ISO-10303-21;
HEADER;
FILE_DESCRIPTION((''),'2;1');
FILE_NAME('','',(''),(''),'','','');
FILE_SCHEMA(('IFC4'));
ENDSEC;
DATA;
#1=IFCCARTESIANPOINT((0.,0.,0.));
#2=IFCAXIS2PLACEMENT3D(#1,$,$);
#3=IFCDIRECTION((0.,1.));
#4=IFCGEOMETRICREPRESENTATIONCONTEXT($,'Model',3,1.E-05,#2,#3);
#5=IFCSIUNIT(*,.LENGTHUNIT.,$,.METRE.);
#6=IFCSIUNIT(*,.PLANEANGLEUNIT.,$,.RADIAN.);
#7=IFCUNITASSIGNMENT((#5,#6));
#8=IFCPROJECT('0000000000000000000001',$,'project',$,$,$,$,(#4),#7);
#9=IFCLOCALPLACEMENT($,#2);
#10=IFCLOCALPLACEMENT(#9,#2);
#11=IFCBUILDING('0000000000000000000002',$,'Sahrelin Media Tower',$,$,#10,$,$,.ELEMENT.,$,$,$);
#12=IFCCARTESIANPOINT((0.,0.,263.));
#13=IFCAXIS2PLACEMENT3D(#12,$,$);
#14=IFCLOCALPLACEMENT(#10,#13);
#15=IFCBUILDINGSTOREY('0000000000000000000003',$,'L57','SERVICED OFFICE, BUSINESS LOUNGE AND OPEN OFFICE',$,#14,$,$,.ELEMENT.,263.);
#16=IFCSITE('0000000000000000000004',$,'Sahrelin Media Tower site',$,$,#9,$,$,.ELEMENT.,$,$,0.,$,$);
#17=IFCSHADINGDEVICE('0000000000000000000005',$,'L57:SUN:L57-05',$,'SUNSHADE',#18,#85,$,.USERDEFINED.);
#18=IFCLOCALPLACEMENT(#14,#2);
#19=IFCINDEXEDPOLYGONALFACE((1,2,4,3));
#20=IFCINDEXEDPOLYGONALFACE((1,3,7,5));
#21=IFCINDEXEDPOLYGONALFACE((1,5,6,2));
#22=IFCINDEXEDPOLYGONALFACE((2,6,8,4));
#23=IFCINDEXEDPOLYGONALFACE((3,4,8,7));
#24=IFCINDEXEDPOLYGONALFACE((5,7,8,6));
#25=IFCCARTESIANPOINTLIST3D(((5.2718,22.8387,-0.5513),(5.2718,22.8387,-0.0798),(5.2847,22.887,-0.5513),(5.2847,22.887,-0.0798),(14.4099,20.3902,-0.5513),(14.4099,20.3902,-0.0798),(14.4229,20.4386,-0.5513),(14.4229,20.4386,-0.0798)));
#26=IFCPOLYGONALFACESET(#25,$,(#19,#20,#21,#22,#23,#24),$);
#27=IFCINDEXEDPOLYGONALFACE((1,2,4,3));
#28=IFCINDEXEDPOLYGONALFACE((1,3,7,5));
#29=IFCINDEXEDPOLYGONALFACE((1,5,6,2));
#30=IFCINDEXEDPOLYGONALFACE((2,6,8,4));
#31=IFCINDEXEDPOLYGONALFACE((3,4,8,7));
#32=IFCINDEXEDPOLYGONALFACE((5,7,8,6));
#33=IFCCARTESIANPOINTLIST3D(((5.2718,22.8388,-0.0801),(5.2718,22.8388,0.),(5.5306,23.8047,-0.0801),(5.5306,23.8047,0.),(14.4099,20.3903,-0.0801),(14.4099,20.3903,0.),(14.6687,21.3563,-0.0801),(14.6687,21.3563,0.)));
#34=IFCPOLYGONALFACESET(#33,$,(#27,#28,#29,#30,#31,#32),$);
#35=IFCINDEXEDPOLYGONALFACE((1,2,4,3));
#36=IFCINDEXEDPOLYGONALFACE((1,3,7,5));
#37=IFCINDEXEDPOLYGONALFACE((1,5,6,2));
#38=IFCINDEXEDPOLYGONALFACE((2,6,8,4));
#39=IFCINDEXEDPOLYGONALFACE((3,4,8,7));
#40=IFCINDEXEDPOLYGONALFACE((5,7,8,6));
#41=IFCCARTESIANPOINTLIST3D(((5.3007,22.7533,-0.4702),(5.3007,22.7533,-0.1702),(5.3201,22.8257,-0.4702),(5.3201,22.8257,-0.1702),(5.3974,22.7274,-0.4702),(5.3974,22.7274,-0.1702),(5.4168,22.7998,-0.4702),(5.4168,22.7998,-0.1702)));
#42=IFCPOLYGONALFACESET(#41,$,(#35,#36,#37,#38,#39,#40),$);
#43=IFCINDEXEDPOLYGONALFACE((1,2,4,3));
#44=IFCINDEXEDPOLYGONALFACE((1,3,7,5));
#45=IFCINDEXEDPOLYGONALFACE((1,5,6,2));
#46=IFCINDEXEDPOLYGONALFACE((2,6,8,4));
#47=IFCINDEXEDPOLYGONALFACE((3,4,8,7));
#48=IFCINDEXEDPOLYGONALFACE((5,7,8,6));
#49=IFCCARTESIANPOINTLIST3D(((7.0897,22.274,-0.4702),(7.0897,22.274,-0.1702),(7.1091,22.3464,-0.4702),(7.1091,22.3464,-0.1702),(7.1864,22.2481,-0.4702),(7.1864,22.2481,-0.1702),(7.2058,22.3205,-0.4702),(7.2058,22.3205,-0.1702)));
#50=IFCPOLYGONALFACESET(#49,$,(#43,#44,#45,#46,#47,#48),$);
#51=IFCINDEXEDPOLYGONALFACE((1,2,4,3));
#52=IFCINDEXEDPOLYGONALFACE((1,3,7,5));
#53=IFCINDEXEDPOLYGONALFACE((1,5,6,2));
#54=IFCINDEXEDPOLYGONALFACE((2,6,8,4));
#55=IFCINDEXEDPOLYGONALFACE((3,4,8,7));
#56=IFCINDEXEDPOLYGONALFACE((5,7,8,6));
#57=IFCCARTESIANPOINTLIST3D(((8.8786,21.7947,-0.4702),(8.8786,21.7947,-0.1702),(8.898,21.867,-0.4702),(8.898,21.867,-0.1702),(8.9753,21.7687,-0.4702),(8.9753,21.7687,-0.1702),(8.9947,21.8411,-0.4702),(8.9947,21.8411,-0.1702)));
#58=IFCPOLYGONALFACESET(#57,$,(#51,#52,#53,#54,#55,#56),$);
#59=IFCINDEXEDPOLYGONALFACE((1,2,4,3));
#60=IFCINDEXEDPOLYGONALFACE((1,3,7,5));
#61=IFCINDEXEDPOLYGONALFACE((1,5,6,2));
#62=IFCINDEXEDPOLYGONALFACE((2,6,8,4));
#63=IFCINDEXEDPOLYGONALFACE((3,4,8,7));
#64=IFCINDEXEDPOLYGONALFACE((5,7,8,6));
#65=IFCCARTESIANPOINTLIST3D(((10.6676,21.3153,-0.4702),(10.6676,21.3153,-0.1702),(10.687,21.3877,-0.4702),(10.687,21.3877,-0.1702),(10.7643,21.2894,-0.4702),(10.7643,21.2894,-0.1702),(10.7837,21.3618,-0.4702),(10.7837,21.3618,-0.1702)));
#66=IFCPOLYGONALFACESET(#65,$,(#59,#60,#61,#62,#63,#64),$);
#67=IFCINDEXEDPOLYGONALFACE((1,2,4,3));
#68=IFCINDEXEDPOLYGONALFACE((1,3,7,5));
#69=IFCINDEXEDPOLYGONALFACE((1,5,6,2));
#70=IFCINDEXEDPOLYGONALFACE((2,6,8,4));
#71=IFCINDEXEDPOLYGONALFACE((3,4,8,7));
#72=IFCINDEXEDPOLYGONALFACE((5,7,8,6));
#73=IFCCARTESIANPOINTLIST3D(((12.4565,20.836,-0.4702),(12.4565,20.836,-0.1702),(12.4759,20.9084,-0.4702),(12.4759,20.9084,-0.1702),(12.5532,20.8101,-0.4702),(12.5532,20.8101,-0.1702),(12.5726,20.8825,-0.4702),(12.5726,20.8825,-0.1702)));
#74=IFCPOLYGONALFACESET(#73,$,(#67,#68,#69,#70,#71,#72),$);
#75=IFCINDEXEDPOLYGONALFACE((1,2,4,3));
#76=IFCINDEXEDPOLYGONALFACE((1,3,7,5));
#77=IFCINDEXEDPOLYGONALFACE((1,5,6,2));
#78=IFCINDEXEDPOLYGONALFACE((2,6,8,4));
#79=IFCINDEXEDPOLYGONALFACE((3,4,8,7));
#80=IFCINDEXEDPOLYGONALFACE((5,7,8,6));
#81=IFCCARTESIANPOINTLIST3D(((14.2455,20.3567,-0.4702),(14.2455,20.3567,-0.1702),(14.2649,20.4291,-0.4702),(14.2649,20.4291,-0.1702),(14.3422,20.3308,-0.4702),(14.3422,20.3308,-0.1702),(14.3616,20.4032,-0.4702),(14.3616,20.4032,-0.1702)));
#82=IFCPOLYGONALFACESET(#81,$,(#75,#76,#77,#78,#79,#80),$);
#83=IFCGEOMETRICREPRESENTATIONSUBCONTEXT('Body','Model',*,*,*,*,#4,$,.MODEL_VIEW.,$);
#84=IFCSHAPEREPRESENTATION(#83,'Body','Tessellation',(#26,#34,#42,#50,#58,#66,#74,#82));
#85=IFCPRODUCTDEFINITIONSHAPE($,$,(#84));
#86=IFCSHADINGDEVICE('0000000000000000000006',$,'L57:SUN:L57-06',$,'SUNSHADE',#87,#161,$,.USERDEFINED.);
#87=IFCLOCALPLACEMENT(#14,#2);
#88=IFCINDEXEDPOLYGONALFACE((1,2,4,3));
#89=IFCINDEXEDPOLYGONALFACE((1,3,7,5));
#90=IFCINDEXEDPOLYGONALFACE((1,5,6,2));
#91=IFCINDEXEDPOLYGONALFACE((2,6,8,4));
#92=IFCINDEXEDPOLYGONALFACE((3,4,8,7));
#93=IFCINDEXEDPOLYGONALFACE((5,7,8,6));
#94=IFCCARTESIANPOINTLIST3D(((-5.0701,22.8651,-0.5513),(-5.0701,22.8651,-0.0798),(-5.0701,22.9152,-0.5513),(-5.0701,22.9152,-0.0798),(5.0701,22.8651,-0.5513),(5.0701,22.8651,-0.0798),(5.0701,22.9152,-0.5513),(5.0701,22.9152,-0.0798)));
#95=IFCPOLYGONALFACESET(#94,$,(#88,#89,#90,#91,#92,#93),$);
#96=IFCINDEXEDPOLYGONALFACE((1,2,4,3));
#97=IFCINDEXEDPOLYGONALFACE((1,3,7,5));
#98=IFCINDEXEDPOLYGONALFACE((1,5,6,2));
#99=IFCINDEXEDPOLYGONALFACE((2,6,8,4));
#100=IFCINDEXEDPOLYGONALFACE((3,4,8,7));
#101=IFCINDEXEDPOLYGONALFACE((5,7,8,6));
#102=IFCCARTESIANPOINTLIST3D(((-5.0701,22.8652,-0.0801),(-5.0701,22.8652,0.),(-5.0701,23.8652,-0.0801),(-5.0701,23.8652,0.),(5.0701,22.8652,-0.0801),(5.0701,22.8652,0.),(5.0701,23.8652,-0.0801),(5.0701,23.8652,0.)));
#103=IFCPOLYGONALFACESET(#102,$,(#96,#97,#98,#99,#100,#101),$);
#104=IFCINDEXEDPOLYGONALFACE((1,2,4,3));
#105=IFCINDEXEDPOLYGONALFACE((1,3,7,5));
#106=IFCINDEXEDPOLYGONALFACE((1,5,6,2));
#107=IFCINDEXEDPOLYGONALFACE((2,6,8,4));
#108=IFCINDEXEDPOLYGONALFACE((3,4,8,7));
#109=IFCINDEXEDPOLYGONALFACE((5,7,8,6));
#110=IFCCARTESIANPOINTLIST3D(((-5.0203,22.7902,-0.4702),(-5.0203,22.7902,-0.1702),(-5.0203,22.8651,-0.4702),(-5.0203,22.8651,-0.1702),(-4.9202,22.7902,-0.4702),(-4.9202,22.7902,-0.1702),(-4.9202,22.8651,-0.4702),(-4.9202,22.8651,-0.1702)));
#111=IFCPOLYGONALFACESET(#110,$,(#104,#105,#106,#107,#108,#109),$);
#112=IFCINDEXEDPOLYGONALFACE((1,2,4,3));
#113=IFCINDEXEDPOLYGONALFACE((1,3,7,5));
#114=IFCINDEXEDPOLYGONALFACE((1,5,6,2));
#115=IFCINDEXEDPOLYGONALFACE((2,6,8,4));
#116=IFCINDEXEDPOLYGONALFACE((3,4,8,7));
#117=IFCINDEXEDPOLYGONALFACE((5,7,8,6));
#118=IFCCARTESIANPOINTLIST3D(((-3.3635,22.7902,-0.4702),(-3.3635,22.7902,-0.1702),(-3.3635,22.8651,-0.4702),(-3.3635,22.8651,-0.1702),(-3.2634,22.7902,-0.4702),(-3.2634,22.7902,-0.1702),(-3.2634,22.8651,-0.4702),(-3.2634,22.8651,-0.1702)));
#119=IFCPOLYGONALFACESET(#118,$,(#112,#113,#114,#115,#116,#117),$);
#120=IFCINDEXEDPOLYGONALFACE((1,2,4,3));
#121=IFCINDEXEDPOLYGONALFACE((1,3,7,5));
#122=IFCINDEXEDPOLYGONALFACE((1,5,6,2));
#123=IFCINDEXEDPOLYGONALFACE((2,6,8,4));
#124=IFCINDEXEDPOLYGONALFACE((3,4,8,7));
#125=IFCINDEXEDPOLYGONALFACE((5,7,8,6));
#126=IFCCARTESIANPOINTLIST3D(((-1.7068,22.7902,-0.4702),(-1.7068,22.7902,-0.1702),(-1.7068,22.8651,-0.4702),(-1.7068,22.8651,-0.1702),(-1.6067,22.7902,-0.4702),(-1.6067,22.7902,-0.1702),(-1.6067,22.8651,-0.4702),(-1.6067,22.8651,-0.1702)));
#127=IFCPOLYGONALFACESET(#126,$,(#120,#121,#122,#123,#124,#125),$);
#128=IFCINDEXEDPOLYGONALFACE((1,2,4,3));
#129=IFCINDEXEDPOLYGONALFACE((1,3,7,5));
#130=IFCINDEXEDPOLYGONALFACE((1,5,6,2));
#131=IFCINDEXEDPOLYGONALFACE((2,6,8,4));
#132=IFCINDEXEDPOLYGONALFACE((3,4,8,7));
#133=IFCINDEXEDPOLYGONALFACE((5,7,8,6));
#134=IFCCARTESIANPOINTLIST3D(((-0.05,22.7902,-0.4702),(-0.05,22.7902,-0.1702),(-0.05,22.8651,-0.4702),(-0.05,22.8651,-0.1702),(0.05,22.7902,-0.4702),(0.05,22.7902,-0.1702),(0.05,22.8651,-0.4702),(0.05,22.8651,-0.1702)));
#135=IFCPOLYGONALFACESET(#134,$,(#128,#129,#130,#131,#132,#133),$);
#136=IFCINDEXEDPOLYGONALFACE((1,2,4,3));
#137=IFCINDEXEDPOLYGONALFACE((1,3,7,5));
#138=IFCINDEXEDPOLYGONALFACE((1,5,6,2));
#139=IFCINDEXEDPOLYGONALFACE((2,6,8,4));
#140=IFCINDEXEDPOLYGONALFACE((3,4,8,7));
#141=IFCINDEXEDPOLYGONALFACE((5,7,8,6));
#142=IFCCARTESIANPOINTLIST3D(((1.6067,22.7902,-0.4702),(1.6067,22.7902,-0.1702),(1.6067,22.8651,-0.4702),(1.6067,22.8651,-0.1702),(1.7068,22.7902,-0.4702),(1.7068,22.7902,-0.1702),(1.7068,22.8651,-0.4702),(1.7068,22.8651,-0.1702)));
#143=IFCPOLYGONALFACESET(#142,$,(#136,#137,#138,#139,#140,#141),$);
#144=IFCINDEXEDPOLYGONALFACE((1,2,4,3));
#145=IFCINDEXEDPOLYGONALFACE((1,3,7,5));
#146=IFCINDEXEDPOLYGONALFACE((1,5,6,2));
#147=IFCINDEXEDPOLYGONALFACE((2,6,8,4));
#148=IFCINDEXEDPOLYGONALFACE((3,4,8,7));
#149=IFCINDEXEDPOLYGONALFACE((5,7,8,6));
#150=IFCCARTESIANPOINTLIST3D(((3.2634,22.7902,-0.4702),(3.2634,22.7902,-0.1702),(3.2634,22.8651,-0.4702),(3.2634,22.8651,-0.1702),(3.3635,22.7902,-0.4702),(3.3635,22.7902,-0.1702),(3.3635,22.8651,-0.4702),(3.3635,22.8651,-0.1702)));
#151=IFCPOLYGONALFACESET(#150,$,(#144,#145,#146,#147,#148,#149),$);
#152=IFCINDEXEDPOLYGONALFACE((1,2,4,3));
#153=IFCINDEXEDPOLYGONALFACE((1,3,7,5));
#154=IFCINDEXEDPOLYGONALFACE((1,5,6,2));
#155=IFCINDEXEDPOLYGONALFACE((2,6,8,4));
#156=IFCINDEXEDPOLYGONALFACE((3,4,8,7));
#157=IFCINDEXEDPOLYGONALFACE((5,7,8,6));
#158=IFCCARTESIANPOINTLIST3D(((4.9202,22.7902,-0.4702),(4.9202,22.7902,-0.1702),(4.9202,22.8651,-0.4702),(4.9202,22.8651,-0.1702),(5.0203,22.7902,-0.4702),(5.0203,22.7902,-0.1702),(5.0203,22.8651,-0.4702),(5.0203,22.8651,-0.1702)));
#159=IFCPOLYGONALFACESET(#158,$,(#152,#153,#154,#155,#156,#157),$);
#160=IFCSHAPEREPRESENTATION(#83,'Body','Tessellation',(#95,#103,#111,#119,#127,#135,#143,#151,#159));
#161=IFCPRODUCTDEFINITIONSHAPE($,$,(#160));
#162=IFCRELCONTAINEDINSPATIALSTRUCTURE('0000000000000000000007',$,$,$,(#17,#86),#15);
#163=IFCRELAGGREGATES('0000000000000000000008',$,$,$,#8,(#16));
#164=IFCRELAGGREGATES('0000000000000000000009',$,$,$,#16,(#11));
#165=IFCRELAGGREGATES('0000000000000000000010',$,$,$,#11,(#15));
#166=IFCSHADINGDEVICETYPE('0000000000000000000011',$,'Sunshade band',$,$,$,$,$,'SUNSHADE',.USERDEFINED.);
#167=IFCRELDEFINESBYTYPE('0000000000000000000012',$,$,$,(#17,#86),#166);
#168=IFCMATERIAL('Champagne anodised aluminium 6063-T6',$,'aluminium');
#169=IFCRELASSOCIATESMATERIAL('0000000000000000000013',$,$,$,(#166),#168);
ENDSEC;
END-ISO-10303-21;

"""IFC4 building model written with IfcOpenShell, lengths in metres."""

from ifc_helpers import new_model, si_unit, direction, frame, origin, origin_2d, place, context, subcontext, project, spatial, rectangle, extrude, material, type_object, element, save


model = new_model("IFC4")

# Units and contexts
model_context = context("Model", 3, precision=1e-05, world=origin(), true_north=direction((0.0, 1.0)))
body_context = subcontext(model_context, "Body", "Model", "MODEL_VIEW")
ifc_project = project(units=[si_unit("LENGTHUNIT", "METRE"), si_unit("PLANEANGLEUNIT", "RADIAN")], contexts=[model_context])

# Site, building, storey
site_placement = place(None, origin())
site = spatial("IfcSite", under=ifc_project, at=site_placement, Name="Sahrelin Media Tower site", CompositionType="ELEMENT", RefElevation=0.0)
building_placement = place(site_placement, origin())
building = spatial("IfcBuilding", under=site, at=building_placement, Name="Sahrelin Media Tower", CompositionType="ELEMENT")
storey_placement = place(building_placement, frame((0.0, 0.0, 263.0)))
storey = spatial("IfcBuildingStorey", under=building, at=storey_placement, Name="L57", Description="SERVICED OFFICE, BUSINESS LOUNGE AND OPEN OFFICE", CompositionType="ELEMENT", Elevation=263.0)

# Shared definitions
ifc_material_1 = material(Name="Champagne anodised aluminium 6063-T6", Category="aluminium")
placement_1 = place(storey_placement, frame((0.0, 22.8452, 0.0), z_axis=(0.0, 0.0, 1.0), x_axis=(1.0, 0.0, 0.0)))

# Shading devices
placement_2 = place(storey_placement, frame((9.8357, 21.5952, 0.0), z_axis=(0.0, 0.0, 1.0), x_axis=(0.965929, -0.258808, 0.0)))
shading_device_type_1 = type_object("IfcShadingDeviceType", Name="Sunshade band", ElementType="SUNSHADE", PredefinedType="USERDEFINED", material=ifc_material_1)
element("IfcShadingDevice", 1, at=placement_2, inside=storey, type_object=shading_device_type_1, Name="L57:SUN:L57-05", ObjectType="SUNSHADE", PredefinedType="USERDEFINED", context=body_context, shape_type="SweptSolid", body=[
    extrude(rectangle(XDim=9.4604, YDim=0.05, at=origin_2d()), frame((0.0, 0.0449, -0.5513)), (0.0, 0.0, 1.0), 0.4714),
    extrude(rectangle(XDim=9.4604, YDim=1.0, at=origin_2d()), frame((0.0, 0.52, -0.0801)), (0.0, 0.0, 1.0), 0.0801),
    extrude(rectangle(XDim=0.1001, YDim=0.075, at=origin_2d()), frame((-4.6301, -0.0176, -0.4702)), (0.0, 0.0, 1.0), 0.3),
    extrude(rectangle(XDim=0.1001, YDim=0.075, at=origin_2d()), frame((-2.7781, -0.0176, -0.4702)), (0.0, 0.0, 1.0), 0.3),
    extrude(rectangle(XDim=0.1001, YDim=0.075, at=origin_2d()), frame((-0.926, -0.0176, -0.4702)), (0.0, 0.0, 1.0), 0.3),
    extrude(rectangle(XDim=0.1001, YDim=0.075, at=origin_2d()), frame((0.926, -0.0176, -0.4702)), (0.0, 0.0, 1.0), 0.3),
    extrude(rectangle(XDim=0.1001, YDim=0.075, at=origin_2d()), frame((2.7781, -0.0176, -0.4702)), (0.0, 0.0, 1.0), 0.3),
    extrude(rectangle(XDim=0.1001, YDim=0.075, at=origin_2d()), frame((4.6301, -0.0176, -0.4702)), (0.0, 0.0, 1.0), 0.3),
])
element("IfcShadingDevice", 2, at=placement_1, inside=storey, type_object=shading_device_type_1, Name="L57:SUN:L57-06", ObjectType="SUNSHADE", PredefinedType="USERDEFINED", context=body_context, shape_type="SweptSolid", body=[
    extrude(rectangle(XDim=10.1401, YDim=0.05, at=origin_2d()), frame((0.0, 0.0449, -0.5513)), (0.0, 0.0, 1.0), 0.4714),
    extrude(rectangle(XDim=10.1401, YDim=1.0, at=origin_2d()), frame((0.0, 0.52, -0.0801)), (0.0, 0.0, 1.0), 0.0801),
    extrude(rectangle(XDim=0.1001, YDim=0.075, at=origin_2d()), frame((-4.9702, -0.0176, -0.4702)), (0.0, 0.0, 1.0), 0.3),
    extrude(rectangle(XDim=0.1001, YDim=0.075, at=origin_2d()), frame((-3.3135, -0.0176, -0.4702)), (0.0, 0.0, 1.0), 0.3),
    extrude(rectangle(XDim=0.1001, YDim=0.075, at=origin_2d()), frame((-1.6567, -0.0176, -0.4702)), (0.0, 0.0, 1.0), 0.3),
    extrude(rectangle(XDim=0.1001, YDim=0.075, at=origin_2d()), frame((0.0, -0.0176, -0.4702)), (0.0, 0.0, 1.0), 0.3),
    extrude(rectangle(XDim=0.1001, YDim=0.075, at=origin_2d()), frame((1.6567, -0.0176, -0.4702)), (0.0, 0.0, 1.0), 0.3),
    extrude(rectangle(XDim=0.1001, YDim=0.075, at=origin_2d()), frame((3.3135, -0.0176, -0.4702)), (0.0, 0.0, 1.0), 0.3),
    extrude(rectangle(XDim=0.1001, YDim=0.075, at=origin_2d()), frame((4.9702, -0.0176, -0.4702)), (0.0, 0.0, 1.0), 0.3),
])

save(model, "model.ifc")
